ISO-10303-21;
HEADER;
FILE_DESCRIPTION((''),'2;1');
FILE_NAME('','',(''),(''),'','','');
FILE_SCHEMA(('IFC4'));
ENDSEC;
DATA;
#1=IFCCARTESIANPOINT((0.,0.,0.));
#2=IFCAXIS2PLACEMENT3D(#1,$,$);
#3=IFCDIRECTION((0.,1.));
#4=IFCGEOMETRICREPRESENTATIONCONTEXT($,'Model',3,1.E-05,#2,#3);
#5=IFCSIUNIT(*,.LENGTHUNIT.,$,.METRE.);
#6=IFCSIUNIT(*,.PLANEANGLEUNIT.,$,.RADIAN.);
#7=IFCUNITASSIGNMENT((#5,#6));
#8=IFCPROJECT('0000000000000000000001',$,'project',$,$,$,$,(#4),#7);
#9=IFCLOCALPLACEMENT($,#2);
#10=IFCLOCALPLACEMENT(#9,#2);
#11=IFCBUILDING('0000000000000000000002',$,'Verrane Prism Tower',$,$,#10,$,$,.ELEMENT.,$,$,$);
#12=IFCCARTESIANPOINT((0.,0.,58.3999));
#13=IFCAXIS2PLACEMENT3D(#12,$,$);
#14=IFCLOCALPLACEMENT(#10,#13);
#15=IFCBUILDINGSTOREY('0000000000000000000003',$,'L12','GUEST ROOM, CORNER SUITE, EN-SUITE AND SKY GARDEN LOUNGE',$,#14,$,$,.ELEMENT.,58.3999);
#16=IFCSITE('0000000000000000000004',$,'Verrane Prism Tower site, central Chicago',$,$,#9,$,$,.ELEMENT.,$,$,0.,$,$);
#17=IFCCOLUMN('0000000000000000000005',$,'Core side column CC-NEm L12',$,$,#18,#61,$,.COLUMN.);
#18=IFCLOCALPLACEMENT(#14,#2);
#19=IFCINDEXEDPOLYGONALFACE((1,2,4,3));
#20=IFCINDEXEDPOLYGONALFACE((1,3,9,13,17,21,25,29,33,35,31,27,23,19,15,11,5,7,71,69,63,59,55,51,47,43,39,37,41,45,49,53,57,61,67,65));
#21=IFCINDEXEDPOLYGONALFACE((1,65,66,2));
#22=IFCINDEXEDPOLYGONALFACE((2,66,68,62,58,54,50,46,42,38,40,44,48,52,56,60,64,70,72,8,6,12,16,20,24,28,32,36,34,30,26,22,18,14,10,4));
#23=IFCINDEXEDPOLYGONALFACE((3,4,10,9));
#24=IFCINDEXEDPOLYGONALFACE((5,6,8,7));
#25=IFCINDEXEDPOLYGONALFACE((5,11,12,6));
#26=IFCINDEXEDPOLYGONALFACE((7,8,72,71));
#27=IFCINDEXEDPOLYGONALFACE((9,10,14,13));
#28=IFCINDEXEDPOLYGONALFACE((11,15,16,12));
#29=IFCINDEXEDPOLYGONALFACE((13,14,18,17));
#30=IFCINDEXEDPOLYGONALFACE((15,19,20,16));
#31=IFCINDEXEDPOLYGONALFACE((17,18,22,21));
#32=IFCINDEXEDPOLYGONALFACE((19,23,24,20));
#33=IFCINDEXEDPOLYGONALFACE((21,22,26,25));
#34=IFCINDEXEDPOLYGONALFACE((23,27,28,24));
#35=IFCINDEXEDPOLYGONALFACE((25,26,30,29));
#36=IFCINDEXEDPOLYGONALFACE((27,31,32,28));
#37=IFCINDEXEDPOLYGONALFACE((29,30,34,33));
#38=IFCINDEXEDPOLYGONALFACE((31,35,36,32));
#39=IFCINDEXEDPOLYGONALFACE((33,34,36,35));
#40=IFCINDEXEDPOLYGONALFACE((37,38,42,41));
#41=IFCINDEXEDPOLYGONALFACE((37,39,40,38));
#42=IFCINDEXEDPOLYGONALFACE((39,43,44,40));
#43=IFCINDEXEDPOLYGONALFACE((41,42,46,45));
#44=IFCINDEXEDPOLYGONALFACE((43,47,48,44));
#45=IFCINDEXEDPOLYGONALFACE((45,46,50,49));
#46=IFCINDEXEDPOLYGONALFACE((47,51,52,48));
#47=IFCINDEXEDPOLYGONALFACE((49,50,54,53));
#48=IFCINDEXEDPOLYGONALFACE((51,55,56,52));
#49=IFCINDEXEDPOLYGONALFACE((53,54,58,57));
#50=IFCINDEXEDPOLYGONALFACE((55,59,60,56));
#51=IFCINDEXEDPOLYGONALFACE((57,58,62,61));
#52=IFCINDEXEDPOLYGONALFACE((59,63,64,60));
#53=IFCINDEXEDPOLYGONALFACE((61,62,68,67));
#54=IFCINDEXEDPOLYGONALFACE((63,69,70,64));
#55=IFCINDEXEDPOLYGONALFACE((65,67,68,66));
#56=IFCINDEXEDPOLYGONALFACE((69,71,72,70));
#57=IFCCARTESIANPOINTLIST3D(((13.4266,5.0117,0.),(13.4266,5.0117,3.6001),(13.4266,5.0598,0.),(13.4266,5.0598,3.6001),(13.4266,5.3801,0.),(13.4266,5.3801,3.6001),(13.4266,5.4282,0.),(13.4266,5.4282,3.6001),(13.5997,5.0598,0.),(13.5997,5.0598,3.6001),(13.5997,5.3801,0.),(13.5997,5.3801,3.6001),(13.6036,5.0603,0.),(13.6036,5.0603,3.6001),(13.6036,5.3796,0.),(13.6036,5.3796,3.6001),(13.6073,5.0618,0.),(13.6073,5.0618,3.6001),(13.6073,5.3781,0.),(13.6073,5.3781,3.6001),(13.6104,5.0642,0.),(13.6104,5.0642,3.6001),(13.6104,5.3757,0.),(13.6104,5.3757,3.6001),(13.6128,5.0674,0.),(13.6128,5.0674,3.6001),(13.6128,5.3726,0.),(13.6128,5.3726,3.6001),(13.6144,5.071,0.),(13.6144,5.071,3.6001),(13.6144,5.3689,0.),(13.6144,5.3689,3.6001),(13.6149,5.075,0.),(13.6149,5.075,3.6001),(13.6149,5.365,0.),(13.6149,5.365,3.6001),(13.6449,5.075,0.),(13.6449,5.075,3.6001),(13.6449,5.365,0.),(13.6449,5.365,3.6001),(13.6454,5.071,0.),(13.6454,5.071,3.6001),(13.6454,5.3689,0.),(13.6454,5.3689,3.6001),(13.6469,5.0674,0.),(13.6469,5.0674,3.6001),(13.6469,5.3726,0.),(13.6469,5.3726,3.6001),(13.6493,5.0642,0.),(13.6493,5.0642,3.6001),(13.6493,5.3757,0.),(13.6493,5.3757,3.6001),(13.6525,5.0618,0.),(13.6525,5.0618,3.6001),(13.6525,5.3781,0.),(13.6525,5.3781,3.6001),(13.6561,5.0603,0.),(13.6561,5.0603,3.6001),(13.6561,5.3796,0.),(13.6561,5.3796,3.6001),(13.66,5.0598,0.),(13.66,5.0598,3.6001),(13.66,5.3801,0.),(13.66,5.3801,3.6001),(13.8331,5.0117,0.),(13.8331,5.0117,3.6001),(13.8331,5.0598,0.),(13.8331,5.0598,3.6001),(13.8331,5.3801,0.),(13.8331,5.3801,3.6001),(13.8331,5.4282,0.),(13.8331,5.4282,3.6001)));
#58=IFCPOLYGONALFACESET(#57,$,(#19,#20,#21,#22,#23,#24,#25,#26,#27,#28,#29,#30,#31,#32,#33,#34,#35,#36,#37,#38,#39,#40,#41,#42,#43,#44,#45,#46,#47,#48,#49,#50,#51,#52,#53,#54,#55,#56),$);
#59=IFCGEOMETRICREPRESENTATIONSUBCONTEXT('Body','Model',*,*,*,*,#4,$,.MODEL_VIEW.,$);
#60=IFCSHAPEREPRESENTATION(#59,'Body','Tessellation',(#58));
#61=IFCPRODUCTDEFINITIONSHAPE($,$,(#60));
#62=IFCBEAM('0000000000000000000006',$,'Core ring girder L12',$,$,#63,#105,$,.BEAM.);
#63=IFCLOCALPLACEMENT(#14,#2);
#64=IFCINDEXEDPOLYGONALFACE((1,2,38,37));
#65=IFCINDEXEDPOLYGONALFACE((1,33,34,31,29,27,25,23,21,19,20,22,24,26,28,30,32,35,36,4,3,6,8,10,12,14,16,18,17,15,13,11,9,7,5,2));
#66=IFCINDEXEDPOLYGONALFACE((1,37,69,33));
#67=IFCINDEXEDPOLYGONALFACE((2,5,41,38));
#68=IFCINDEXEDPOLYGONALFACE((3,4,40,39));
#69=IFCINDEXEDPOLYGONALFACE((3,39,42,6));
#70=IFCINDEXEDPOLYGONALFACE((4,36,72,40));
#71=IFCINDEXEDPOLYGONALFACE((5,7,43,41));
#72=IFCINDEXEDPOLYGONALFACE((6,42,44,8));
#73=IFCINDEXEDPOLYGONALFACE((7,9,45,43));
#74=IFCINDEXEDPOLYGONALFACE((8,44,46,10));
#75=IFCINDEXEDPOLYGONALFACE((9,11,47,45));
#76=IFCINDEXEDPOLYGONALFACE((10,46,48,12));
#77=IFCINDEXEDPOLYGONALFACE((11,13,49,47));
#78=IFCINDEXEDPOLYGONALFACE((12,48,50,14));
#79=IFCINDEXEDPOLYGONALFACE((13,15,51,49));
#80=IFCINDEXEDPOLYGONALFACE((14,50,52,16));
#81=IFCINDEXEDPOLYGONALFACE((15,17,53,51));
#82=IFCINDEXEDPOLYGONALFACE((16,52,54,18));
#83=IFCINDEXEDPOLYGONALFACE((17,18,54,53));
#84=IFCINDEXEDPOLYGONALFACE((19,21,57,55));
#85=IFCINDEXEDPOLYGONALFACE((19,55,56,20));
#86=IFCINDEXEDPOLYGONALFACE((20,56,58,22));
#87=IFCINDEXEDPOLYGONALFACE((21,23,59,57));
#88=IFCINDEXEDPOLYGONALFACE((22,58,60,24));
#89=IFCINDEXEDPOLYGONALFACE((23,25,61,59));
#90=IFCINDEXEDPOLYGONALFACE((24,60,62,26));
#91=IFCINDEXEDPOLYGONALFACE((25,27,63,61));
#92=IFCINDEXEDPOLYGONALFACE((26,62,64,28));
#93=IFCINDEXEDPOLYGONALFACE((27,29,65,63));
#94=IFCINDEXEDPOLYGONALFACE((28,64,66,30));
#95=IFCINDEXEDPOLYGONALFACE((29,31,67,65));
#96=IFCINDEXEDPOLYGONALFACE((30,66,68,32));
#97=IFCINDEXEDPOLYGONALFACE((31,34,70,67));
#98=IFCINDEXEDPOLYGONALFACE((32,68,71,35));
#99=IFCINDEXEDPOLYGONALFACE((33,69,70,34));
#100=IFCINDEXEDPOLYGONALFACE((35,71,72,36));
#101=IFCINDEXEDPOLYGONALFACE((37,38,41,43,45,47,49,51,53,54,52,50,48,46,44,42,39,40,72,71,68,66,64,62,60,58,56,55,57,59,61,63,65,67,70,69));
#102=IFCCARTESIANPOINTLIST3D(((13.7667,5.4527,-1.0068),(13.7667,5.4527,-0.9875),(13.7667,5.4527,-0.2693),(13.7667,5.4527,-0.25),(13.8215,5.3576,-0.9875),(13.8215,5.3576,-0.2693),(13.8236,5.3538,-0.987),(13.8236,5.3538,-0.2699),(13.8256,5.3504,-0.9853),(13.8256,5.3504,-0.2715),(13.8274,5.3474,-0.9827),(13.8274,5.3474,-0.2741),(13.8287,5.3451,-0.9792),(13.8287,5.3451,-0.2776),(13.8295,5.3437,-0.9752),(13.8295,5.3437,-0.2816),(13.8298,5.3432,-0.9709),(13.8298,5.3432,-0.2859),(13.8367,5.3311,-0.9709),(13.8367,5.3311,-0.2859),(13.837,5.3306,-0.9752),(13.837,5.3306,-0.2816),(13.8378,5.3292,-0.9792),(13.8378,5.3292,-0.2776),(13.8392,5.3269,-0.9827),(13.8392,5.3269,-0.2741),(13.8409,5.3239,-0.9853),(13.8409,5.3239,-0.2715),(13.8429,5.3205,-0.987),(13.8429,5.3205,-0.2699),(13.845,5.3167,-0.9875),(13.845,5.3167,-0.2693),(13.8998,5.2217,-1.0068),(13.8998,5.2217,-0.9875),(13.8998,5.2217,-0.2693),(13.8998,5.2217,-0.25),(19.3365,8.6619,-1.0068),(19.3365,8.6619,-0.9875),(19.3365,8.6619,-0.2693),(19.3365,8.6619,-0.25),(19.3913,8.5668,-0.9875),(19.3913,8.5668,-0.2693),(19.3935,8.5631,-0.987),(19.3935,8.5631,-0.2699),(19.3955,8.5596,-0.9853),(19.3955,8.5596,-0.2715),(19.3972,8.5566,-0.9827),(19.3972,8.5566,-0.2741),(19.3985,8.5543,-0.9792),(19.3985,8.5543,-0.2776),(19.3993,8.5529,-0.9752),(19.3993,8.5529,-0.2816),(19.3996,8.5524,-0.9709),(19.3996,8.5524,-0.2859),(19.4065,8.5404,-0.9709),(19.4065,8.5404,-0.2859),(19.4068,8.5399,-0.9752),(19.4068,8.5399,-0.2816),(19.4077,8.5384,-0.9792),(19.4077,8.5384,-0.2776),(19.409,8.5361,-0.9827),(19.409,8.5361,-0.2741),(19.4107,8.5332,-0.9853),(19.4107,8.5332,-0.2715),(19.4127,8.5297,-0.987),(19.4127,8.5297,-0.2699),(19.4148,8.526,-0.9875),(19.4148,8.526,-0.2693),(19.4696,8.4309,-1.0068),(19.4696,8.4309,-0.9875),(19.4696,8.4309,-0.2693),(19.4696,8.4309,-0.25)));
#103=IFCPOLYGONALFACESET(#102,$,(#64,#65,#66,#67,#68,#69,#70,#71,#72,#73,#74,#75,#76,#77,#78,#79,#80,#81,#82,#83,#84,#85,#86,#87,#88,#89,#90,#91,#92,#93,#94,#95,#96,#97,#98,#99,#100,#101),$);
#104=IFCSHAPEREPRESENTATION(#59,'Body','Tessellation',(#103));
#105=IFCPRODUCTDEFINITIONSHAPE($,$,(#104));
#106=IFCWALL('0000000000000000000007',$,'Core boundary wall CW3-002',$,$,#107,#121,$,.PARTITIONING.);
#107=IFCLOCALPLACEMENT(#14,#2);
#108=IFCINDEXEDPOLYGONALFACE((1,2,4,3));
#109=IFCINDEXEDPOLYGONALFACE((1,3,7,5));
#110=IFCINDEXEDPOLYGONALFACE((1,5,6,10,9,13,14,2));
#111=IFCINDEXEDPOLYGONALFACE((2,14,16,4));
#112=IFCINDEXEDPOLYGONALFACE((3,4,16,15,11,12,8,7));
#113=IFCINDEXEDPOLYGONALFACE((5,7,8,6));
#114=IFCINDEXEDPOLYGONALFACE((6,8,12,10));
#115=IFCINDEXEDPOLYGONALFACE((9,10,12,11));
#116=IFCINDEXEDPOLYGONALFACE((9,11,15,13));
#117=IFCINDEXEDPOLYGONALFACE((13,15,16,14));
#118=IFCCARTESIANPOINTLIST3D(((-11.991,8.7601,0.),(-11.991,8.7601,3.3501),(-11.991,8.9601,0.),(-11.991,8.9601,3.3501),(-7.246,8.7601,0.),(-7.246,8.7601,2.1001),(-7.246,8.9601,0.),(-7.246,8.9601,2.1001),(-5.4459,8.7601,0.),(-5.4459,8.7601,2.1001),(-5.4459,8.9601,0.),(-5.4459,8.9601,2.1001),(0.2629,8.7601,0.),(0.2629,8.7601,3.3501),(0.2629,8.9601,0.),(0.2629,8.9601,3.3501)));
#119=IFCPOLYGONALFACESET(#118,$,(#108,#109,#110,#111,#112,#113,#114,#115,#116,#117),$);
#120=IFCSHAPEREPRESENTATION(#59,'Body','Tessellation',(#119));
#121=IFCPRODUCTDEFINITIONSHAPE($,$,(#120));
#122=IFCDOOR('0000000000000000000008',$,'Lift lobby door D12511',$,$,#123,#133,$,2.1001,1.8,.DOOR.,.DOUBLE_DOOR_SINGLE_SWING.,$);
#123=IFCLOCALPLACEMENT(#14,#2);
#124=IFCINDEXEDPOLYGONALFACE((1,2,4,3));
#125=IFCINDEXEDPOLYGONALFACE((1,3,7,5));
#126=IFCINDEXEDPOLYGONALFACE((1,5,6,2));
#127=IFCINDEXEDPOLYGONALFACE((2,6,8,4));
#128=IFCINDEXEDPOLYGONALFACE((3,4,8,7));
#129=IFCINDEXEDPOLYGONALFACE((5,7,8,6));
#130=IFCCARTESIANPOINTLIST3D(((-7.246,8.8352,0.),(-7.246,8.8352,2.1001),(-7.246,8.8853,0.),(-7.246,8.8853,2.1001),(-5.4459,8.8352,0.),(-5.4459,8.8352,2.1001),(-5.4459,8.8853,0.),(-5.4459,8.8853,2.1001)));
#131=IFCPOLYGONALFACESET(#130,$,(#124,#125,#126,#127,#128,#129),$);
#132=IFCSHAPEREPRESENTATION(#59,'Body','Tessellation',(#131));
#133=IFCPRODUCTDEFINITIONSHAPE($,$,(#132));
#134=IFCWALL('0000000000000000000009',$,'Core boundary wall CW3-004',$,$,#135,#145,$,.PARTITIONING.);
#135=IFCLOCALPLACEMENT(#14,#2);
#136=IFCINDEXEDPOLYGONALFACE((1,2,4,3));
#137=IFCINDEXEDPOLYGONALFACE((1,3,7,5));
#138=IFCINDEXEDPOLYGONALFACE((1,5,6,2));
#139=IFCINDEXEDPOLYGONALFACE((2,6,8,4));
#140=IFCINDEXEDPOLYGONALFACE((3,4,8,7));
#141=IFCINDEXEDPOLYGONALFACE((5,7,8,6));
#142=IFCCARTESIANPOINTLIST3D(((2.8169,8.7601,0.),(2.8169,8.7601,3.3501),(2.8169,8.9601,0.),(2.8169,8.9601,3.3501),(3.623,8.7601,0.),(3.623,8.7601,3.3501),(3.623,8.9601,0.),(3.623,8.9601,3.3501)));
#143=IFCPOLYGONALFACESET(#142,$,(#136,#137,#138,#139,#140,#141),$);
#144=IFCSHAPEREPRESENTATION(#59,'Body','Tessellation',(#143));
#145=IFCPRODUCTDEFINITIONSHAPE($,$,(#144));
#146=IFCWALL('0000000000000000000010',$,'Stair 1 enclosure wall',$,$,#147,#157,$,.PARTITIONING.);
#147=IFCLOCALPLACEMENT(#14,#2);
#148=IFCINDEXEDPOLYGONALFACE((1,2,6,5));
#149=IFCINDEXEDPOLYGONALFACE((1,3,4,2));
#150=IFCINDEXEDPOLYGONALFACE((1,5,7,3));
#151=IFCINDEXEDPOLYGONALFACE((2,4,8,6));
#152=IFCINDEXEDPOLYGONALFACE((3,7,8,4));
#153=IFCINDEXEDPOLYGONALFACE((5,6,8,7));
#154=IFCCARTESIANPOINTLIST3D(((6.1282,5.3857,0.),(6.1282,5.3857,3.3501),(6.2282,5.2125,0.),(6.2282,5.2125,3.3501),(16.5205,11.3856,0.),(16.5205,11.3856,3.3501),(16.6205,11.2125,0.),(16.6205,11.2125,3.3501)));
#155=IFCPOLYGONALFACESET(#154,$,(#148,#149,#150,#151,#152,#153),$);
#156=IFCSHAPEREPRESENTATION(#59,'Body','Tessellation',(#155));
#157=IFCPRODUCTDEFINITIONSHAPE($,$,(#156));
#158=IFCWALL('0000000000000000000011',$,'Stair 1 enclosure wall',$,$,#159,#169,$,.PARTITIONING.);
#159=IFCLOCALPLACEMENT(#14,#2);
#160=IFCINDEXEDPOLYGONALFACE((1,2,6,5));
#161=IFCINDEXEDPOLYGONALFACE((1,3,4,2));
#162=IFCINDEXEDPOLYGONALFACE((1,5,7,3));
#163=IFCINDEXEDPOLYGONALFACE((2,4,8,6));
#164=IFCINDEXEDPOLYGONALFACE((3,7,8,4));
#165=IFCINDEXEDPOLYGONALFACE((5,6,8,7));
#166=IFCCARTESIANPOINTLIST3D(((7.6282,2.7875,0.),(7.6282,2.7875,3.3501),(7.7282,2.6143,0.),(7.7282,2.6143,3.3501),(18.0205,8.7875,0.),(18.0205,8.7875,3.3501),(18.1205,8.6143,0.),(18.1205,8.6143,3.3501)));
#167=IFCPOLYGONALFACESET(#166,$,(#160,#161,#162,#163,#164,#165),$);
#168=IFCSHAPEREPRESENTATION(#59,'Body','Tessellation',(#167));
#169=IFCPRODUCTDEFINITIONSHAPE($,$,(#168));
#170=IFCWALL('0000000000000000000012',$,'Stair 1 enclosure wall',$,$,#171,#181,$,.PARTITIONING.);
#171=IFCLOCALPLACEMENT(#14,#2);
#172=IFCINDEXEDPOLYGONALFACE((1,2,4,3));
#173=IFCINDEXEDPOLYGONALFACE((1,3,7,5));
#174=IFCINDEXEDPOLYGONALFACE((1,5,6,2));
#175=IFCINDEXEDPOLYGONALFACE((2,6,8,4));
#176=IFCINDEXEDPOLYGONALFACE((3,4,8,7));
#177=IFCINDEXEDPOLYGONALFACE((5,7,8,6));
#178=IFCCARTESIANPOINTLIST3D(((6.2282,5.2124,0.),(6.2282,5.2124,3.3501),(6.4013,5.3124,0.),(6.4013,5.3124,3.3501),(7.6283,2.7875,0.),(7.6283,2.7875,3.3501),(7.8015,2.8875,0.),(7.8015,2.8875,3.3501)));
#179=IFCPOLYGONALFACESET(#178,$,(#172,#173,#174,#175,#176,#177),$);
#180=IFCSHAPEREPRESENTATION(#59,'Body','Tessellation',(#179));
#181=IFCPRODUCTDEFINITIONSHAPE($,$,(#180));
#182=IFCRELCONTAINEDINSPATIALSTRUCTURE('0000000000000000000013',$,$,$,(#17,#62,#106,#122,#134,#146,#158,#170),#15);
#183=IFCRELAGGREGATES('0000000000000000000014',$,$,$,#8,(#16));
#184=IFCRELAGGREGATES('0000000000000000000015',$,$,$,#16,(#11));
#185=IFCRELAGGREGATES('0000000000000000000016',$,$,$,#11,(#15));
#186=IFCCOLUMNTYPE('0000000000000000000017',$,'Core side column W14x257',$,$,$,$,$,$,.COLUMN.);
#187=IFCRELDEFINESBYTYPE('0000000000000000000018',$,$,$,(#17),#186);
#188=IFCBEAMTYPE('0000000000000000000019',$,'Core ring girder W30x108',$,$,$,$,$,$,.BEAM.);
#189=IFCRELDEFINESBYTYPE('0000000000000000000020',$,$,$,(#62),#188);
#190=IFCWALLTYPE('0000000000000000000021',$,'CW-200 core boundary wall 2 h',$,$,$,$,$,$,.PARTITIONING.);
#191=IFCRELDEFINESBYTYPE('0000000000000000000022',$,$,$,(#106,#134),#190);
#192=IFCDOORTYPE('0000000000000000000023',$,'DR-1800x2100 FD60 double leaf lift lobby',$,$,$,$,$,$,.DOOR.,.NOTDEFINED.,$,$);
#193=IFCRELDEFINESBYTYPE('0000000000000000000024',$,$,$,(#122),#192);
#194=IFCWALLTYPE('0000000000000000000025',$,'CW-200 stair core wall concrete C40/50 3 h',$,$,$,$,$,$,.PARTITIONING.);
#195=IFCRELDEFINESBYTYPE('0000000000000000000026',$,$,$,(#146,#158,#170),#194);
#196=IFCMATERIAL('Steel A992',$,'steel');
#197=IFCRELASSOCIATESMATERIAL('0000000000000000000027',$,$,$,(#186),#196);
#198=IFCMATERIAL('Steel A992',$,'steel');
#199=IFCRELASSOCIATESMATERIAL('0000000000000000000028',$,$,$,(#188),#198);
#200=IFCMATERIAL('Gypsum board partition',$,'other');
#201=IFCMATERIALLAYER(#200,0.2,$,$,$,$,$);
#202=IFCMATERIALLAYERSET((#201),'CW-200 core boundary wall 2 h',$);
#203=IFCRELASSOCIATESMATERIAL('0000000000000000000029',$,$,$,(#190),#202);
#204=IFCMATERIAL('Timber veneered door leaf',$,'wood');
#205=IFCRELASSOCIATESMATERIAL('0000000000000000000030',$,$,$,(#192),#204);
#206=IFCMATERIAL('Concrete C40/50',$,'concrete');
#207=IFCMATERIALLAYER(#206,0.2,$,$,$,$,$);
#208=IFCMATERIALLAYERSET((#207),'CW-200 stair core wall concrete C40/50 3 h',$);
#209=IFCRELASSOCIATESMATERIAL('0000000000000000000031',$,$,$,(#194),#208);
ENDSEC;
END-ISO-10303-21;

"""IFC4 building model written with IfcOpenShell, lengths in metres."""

from ifc_helpers import new_model, si_unit, direction, frame, frame_2d, origin, origin_2d, place, context, subcontext, project, spatial, rectangle, i_section, extrude, material, layer, layer_set, material_profile, profile_set, type_object, element, fill, save


model = new_model("IFC4")

# Units and contexts
model_context = context("Model", 3, precision=1e-05, world=origin(), true_north=direction((0.0, 1.0)))
body_context = subcontext(model_context, "Body", "Model", "MODEL_VIEW")
ifc_project = project(units=[si_unit("LENGTHUNIT", "METRE"), si_unit("PLANEANGLEUNIT", "RADIAN")], contexts=[model_context])

# Site, building, storey
site_placement = place(None, origin())
site = spatial("IfcSite", under=ifc_project, at=site_placement, Name="Verrane Prism Tower site, central Chicago", CompositionType="ELEMENT", RefElevation=0.0)
building_placement = place(site_placement, origin())
building = spatial("IfcBuilding", under=site, at=building_placement, Name="Verrane Prism Tower", CompositionType="ELEMENT")
storey_placement = place(building_placement, frame((0.0, 0.0, 58.3999)))
storey = spatial("IfcBuildingStorey", under=building, at=storey_placement, Name="L12", Description="GUEST ROOM, CORNER SUITE, EN-SUITE AND SKY GARDEN LOUNGE", CompositionType="ELEMENT", Elevation=58.3999)

# Column
ifc_material_1 = material(Name="Steel A992", Category="steel")
ifc_material_profile_1 = material_profile(ifc_material_1, i_section(OverallWidth=0.4065, OverallDepth=0.4165, WebThickness=0.03, FlangeThickness=0.0481, FilletRadius=0.0151, at=origin_2d()), Name="W14x257")
ifc_profile_set_1 = profile_set([ifc_material_profile_1], Name="Steel A992")
column_type = type_object("IfcColumnType", Name="Core side column W14x257", PredefinedType="COLUMN", material=ifc_profile_set_1)
column_placement = place(storey_placement, frame((13.6299, 5.22, 0.0), z_axis=(0.0, 0.0, 1.0), x_axis=(1.0, 0.0, 0.0)))
element("IfcColumn", 1, at=column_placement, inside=storey, type_object=column_type, Name="Core side column CC-NEm L12", PredefinedType="COLUMN", context=body_context, shape_type="SweptSolid", body=[
    extrude(i_section(OverallWidth=0.4065, OverallDepth=0.4165, WebThickness=0.03, FlangeThickness=0.0481, FilletRadius=0.0151, at=origin_2d()), origin(), (0.0, 0.0, 1.0), 3.6001),
])

# Beam
ifc_material_2 = material(Name="Steel A992", Category="steel")
ifc_material_profile_2 = material_profile(ifc_material_2, i_section(OverallWidth=0.2666, OverallDepth=0.7568, WebThickness=0.0139, FlangeThickness=0.0193, FilletRadius=0.0166, at=origin_2d()), Name="W30x108")
ifc_profile_set_2 = profile_set([ifc_material_profile_2], Name="Steel A992")
beam_type = type_object("IfcBeamType", Name="Core ring girder W30x108", PredefinedType="BEAM", material=ifc_profile_set_2)
beam_placement = place(storey_placement, frame((13.8333, 5.3372, -0.6284), z_axis=(0.866464, 0.49924, 0.0), x_axis=(-0.49924, 0.866464, 0.0)))
element("IfcBeam", 2, at=beam_placement, inside=storey, type_object=beam_type, Name="Core ring girder L12", PredefinedType="BEAM", context=body_context, shape_type="SweptSolid", body=[
    extrude(i_section(OverallWidth=0.2666, OverallDepth=0.7568, WebThickness=0.0139, FlangeThickness=0.0193, FilletRadius=0.0166, at=origin_2d()), origin(), (0.0, 0.0, 1.0), 6.4282),
])

# Wall, opening, door
ifc_material_3 = material(Name="Gypsum board partition", Category="other")
ifc_layer_1 = layer(ifc_material_3, 0.2)
ifc_layer_set_1 = layer_set([ifc_layer_1], Name="CW-200 core boundary wall 2 h")
wall_type_1 = type_object("IfcWallType", Name="CW-200 core boundary wall 2 h", PredefinedType="PARTITIONING", material=ifc_layer_set_1)
wall_1_placement = place(storey_placement, frame((0.2629, 8.8601, 0.0), z_axis=(0.0, 0.0, 1.0), x_axis=(-1.0, 0.0, 0.0)))
wall_1 = element("IfcWall", 3, at=wall_1_placement, inside=storey, type_object=wall_type_1, Name="Core boundary wall CW3-002", PredefinedType="PARTITIONING", context=body_context, shape_type="SweptSolid", body=[
    extrude(rectangle(XDim=12.2539, YDim=0.2, at=frame_2d((6.127, 0.0))), origin(), (0.0, 0.0, 1.0), 3.3501),
])
opening_1_placement = place(wall_1_placement, frame((5.709, 0.0, 0.0)))
opening_1 = element("IfcOpeningElement", 4, at=opening_1_placement, cuts=wall_1, PredefinedType="OPENING", context=body_context, shape_type="SweptSolid", body=[
    extrude(rectangle(XDim=1.8, YDim=2.1001, at=frame_2d((0.8999, 1.05))), frame((0.0, 0.1099, 0.0), z_axis=(0.0, -1.0, 0.0), x_axis=(1.0, 0.0, 0.0)), (0.0, 0.0, 1.0), 0.22),
])
ifc_material_4 = material(Name="Timber veneered door leaf", Category="wood")
door_type_1 = type_object("IfcDoorType", Name="DR-1800x2100 FD60 double leaf lift lobby", OperationType="NOTDEFINED", PredefinedType="DOOR", material=ifc_material_4)
door_1_placement = place(opening_1_placement, origin())
door_1 = element("IfcDoor", 5, at=door_1_placement, inside=storey, type_object=door_type_1, Name="Lift lobby door D12511", OperationType="DOUBLE_DOOR_SINGLE_SWING", OverallHeight=2.1001, OverallWidth=1.8, PredefinedType="DOOR", context=body_context, shape_type="SweptSolid", body=[
    extrude(rectangle(XDim=1.8, YDim=2.1001, at=frame_2d((0.8999, 1.05))), frame((0.0, 0.0249, 0.0), z_axis=(0.0, -1.0, 0.0), x_axis=(1.0, 0.0, 0.0)), (0.0, 0.0, 1.0), 0.05),
])
fill(opening_1, door_1)

# Walls
wall_2_placement = place(storey_placement, frame((2.8169, 8.8601, 0.0), z_axis=(0.0, 0.0, 1.0), x_axis=(1.0, 0.0, 0.0)))
element("IfcWall", 6, at=wall_2_placement, inside=storey, type_object=wall_type_1, Name="Core boundary wall CW3-004", PredefinedType="PARTITIONING", context=body_context, shape_type="SweptSolid", body=[
    extrude(rectangle(XDim=0.8062, YDim=0.2, at=frame_2d((0.4031, 0.0))), origin(), (0.0, 0.0, 1.0), 3.3501),
])
ifc_material_5 = material(Name="Concrete C40/50", Category="concrete")
ifc_layer_2 = layer(ifc_material_5, 0.2)
ifc_layer_set_2 = layer_set([ifc_layer_2], Name="CW-200 stair core wall concrete C40/50 3 h")
wall_type_2 = type_object("IfcWallType", Name="CW-200 stair core wall concrete C40/50 3 h", PredefinedType="PARTITIONING", material=ifc_layer_set_2)
for number, where, z_axis, x_axis, name in (
    (7, (6.1782, 5.2991, 0.0), (0.0, 0.0, 1.0), (0.866026, 0.499999, 0.0), "Stair 1 enclosure wall"),
    (8, (7.6782, 2.7009, 0.0), (0.0, 0.0, 1.0), (0.866026, 0.499999, 0.0), "Stair 1 enclosure wall"),
):
    element("IfcWall", number, at=place(storey_placement, frame(where, z_axis=z_axis, x_axis=x_axis)), inside=storey, type_object=wall_type_2, Name=name, PredefinedType="PARTITIONING", context=body_context, shape_type="SweptSolid", body=[
        extrude(rectangle(XDim=12.0, YDim=0.2, at=frame_2d((6.0, 0.0))), origin(), (0.0, 0.0, 1.0), 3.3501),
    ])
wall_3_placement = place(storey_placement, frame((7.7148, 2.8376, 0.0), z_axis=(0.0, 0.0, 1.0), x_axis=(-0.50005, 0.865997, 0.0)))
element("IfcWall", 9, at=wall_3_placement, inside=storey, type_object=wall_type_2, Name="Stair 1 enclosure wall", PredefinedType="PARTITIONING", context=body_context, shape_type="SweptSolid", body=[
    extrude(rectangle(XDim=2.8, YDim=0.2, at=frame_2d((1.3999, 0.0))), origin(), (0.0, 0.0, 1.0), 3.3501),
])

save(model, "model.ifc")
